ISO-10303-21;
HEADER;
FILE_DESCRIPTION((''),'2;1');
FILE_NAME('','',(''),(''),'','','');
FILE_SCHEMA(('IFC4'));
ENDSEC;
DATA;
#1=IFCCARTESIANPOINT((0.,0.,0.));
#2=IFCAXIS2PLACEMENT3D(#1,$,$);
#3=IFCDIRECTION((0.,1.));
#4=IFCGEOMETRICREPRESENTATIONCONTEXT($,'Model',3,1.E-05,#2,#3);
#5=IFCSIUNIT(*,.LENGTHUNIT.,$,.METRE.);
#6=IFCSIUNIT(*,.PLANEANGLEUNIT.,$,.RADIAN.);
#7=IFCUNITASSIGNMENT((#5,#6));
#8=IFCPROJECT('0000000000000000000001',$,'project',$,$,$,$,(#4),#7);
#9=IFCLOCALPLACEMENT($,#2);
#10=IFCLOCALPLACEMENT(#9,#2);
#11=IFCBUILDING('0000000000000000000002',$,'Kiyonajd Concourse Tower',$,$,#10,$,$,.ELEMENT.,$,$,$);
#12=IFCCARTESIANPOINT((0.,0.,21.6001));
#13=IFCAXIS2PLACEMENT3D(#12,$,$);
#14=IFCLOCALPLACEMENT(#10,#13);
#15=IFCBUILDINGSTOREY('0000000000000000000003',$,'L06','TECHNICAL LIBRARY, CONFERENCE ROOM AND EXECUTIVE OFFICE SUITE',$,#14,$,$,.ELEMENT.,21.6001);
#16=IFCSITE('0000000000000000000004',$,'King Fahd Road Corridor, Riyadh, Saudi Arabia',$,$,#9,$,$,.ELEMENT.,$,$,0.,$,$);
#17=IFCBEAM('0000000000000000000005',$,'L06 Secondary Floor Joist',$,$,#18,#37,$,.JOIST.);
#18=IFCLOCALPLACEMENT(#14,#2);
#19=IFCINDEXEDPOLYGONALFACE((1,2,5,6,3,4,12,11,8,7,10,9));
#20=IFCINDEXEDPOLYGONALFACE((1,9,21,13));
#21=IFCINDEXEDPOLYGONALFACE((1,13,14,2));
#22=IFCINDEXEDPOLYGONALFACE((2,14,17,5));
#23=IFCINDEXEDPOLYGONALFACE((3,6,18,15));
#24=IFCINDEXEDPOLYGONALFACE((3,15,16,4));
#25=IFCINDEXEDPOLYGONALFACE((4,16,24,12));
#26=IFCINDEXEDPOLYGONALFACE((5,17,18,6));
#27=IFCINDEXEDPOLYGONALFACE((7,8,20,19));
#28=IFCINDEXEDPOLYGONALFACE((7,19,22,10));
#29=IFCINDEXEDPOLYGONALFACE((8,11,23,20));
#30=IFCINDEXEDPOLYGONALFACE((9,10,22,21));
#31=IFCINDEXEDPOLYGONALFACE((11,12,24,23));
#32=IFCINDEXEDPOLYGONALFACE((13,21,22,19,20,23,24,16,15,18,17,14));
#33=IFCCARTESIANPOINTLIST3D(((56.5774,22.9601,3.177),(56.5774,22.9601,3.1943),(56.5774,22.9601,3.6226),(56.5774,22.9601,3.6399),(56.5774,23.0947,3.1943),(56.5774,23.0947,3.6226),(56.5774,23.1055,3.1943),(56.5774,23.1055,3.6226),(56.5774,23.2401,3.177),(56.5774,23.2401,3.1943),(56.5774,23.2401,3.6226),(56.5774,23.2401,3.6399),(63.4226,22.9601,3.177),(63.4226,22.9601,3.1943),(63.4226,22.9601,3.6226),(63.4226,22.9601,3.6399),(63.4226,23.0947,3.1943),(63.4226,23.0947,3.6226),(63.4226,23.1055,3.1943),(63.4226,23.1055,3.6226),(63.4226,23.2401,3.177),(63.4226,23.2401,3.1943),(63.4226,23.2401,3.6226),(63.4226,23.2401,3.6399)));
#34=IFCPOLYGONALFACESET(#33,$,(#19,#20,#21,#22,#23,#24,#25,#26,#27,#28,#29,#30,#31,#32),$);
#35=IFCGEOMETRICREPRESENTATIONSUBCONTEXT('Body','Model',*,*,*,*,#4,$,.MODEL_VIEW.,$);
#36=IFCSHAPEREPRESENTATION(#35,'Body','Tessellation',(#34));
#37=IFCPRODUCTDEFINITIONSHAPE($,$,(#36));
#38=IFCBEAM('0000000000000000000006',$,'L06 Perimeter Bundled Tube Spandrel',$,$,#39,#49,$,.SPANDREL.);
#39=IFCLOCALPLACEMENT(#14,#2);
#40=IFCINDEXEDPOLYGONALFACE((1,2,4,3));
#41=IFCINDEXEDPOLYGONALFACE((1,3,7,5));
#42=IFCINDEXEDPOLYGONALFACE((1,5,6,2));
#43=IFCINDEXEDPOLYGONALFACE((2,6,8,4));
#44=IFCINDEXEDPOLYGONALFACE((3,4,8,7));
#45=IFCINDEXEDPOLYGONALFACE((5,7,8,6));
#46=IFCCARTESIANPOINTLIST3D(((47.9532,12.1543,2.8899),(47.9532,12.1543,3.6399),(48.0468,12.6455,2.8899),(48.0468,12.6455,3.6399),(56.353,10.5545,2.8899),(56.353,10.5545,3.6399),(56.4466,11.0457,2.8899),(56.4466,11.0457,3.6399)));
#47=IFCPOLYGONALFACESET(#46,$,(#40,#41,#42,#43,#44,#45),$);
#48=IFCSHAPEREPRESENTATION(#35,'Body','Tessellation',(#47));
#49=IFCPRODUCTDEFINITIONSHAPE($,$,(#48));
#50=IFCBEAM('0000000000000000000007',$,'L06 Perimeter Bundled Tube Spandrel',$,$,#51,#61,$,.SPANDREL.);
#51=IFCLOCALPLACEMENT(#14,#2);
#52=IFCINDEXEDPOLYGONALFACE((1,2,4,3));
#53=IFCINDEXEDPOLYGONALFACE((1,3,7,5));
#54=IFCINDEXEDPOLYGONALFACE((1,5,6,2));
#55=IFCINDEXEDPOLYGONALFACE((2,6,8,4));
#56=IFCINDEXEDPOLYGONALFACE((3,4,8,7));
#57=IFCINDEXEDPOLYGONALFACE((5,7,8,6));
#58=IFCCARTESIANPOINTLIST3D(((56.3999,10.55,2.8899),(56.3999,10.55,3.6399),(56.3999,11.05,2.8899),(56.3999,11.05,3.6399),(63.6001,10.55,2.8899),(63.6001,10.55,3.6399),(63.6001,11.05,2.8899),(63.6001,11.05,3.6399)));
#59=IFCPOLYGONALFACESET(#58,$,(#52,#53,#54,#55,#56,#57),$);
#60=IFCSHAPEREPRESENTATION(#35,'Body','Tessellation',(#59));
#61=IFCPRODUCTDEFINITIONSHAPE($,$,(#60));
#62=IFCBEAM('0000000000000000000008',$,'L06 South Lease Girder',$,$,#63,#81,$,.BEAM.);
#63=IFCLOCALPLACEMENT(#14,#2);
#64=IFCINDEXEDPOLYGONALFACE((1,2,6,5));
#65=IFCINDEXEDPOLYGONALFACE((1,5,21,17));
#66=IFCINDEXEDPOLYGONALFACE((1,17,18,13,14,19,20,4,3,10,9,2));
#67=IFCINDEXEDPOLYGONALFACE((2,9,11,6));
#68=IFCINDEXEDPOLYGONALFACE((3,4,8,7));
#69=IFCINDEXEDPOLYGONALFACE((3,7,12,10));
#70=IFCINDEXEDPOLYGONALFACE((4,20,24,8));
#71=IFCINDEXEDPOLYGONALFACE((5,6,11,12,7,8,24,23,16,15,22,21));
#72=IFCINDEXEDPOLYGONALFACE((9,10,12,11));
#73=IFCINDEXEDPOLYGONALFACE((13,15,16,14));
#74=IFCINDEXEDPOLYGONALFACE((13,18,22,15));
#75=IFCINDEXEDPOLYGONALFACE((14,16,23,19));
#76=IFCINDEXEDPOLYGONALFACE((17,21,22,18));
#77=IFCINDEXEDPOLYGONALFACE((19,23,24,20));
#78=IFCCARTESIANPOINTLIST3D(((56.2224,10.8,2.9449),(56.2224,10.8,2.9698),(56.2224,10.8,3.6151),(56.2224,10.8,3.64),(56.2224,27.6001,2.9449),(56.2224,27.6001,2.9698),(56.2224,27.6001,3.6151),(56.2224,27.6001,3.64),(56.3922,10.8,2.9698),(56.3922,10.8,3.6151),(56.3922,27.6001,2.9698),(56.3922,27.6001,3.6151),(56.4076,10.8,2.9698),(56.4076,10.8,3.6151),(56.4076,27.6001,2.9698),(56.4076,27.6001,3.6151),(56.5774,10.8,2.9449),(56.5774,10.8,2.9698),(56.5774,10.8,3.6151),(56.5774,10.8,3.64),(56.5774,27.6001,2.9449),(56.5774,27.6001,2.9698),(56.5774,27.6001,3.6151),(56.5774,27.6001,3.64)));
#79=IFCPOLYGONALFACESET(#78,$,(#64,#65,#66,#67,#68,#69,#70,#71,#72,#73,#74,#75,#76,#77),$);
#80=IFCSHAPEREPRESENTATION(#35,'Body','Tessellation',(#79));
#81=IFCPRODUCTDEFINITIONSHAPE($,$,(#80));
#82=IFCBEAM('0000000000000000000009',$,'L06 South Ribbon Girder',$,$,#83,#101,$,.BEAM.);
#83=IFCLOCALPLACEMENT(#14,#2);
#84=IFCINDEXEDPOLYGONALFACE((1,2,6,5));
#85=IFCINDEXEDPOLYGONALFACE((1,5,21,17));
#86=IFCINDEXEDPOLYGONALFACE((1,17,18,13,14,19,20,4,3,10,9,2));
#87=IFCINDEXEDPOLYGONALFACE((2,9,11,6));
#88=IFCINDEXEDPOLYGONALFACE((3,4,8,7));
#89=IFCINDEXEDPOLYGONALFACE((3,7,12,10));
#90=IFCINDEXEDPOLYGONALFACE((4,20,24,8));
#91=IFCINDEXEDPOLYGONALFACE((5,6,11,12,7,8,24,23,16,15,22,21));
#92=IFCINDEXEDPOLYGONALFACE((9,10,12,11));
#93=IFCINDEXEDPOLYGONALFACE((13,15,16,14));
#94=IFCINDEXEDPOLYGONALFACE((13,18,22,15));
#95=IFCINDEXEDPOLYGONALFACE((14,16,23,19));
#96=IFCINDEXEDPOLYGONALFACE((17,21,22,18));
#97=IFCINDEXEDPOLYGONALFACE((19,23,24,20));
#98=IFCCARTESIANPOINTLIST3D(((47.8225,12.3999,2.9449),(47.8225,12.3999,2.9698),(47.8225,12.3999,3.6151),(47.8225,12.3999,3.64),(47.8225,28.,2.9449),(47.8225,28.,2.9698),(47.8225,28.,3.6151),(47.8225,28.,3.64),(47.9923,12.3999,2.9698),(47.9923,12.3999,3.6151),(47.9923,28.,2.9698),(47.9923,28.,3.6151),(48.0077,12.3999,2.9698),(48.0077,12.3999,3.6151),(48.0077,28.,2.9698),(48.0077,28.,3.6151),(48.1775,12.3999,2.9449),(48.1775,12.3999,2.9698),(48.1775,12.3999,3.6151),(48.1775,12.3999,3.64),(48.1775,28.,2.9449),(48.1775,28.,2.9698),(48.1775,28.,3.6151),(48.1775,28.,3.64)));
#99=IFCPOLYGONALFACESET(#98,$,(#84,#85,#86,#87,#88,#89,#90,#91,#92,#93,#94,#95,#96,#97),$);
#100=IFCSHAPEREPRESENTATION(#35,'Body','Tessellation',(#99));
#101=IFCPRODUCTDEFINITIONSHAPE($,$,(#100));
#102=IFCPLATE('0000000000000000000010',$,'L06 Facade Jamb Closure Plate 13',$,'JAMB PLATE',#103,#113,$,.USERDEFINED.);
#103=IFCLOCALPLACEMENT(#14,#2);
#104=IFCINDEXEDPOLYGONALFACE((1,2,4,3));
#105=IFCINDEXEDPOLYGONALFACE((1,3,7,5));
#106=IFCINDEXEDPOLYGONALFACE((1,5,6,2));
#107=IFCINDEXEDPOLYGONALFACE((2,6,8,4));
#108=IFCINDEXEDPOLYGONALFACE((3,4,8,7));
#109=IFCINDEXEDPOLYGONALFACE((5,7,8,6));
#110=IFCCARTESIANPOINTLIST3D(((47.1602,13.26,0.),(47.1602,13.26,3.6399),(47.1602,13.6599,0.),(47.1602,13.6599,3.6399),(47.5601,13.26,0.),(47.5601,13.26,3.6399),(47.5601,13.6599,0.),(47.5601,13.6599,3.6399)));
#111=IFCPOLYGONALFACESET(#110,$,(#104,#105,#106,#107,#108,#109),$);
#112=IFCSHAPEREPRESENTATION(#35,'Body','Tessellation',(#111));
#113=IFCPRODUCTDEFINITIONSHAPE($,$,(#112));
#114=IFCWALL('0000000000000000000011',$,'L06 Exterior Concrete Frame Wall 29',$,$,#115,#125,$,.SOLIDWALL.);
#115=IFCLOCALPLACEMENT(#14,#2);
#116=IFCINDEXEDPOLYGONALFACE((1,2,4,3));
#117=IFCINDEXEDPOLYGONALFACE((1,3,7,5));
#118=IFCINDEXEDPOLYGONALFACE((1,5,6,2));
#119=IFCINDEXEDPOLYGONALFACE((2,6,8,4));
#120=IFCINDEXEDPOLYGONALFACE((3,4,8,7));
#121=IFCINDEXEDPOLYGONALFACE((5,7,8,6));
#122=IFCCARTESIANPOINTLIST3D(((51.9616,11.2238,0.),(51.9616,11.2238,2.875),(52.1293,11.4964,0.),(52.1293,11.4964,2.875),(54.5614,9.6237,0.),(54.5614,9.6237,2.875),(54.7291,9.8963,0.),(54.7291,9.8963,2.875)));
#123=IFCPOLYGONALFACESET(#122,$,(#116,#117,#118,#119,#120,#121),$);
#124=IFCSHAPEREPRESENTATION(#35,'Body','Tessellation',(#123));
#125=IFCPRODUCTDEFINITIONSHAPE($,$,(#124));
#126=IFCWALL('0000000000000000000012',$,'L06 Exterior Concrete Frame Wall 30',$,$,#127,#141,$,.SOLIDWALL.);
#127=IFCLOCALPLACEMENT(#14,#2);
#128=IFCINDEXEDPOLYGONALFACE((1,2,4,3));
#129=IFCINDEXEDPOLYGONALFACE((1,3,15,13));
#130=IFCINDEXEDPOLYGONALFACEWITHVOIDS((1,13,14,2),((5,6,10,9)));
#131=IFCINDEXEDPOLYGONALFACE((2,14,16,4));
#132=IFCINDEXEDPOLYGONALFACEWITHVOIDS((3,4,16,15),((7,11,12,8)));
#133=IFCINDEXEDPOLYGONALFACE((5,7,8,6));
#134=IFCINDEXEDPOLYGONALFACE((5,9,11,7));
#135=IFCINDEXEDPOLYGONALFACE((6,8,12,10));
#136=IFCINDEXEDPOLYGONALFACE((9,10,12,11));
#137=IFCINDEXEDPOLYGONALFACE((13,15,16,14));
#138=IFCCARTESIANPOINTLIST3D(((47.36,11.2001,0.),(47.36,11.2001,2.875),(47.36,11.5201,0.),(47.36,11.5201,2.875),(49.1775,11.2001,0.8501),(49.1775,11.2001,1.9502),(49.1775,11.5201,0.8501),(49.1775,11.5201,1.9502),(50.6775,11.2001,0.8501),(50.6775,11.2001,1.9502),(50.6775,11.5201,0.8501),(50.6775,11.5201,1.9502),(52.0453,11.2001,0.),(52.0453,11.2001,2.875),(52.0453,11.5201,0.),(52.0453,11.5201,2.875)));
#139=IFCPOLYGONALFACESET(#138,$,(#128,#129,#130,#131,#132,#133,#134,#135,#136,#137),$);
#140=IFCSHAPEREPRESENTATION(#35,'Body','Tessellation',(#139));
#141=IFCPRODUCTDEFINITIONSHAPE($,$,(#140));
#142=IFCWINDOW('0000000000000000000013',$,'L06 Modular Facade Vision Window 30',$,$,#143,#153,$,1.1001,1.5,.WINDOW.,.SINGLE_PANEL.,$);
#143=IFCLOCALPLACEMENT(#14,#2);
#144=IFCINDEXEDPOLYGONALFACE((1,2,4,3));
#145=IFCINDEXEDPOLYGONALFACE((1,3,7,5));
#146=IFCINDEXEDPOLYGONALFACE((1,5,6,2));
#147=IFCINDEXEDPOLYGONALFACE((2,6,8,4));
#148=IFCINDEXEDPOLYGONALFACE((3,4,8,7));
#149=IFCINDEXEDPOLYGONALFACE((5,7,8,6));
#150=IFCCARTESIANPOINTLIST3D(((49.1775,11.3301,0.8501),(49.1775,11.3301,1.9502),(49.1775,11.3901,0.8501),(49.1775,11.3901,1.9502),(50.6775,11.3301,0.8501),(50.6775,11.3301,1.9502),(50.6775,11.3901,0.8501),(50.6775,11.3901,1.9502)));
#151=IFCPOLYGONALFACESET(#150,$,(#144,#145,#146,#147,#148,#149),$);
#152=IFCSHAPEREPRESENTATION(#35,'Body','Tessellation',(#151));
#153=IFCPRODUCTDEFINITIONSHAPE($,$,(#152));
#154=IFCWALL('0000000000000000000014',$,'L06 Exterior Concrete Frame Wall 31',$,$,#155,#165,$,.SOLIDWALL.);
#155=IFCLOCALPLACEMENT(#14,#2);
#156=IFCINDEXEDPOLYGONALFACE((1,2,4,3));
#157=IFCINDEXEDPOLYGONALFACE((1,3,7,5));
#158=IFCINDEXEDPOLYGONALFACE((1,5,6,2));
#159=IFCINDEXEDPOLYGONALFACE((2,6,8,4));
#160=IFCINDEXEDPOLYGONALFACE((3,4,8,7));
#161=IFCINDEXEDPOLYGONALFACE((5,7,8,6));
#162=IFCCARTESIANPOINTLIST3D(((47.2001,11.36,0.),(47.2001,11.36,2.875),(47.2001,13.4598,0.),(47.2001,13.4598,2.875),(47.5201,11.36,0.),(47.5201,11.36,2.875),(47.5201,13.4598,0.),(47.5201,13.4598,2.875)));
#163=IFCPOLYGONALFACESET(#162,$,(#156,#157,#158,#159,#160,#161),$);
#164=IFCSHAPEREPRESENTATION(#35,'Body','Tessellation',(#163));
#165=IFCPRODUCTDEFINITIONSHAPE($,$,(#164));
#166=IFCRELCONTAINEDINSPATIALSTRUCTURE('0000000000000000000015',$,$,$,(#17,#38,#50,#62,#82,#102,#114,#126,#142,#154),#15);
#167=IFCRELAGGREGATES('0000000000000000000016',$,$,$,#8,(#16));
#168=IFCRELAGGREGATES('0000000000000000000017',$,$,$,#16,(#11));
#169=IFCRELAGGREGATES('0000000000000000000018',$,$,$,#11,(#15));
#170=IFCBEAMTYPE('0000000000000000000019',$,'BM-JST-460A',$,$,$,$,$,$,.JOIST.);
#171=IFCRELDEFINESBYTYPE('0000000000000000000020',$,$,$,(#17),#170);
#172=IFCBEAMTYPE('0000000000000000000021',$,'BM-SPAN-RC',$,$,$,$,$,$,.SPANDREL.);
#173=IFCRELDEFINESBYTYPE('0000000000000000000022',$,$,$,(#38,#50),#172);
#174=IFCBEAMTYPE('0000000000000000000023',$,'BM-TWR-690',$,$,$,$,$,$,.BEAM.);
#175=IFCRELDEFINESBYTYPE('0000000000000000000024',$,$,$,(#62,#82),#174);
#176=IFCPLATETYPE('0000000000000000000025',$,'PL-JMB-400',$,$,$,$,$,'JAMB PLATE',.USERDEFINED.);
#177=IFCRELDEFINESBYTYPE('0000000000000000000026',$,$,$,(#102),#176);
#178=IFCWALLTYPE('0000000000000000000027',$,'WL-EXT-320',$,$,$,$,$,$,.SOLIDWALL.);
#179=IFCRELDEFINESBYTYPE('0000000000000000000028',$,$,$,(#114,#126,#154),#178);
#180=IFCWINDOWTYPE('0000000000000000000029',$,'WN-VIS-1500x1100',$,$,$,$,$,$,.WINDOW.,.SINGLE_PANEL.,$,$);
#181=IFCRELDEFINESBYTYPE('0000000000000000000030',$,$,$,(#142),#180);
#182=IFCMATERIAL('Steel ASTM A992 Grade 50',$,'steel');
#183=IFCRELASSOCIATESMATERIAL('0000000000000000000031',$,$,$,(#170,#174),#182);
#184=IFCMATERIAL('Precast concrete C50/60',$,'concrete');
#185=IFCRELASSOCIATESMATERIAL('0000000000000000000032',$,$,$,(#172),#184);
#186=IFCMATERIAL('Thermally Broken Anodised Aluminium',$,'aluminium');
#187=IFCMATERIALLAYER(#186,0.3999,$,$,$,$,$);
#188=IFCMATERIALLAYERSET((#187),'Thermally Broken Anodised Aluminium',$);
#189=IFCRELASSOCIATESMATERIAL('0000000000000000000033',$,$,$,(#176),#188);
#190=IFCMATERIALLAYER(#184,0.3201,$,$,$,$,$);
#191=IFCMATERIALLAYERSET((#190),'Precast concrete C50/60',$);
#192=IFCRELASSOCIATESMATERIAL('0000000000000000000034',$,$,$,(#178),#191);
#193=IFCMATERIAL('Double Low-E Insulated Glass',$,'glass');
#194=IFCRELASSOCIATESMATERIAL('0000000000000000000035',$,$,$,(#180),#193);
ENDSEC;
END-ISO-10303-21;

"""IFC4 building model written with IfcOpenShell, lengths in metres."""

from ifc_helpers import new_model, si_unit, direction, frame, frame_2d, origin, origin_2d, place, context, subcontext, project, spatial, rectangle, i_section, extrude, material, layer, layer_set, material_profile, profile_set, type_object, element, fill, save


model = new_model("IFC4")

# Units and contexts
model_context = context("Model", 3, precision=1e-05, world=origin(), true_north=direction((0.0, 1.0)))
body_context = subcontext(model_context, "Body", "Model", "MODEL_VIEW")
ifc_project = project(units=[si_unit("LENGTHUNIT", "METRE"), si_unit("PLANEANGLEUNIT", "RADIAN")], contexts=[model_context])

# Site, building, storey
site_placement = place(None, origin())
site = spatial("IfcSite", under=ifc_project, at=site_placement, Name="King Fahd Road Corridor, Riyadh, Saudi Arabia", CompositionType="ELEMENT", RefElevation=0.0)
building_placement = place(site_placement, origin())
building = spatial("IfcBuilding", under=site, at=building_placement, Name="Kiyonajd Concourse Tower", CompositionType="ELEMENT")
storey_placement = place(building_placement, frame((0.0, 0.0, 21.6001)))
storey = spatial("IfcBuildingStorey", under=building, at=storey_placement, Name="L06", Description="TECHNICAL LIBRARY, CONFERENCE ROOM AND EXECUTIVE OFFICE SUITE", CompositionType="ELEMENT", Elevation=21.6001)

# Beams
ifc_material_1 = material(Name="Steel ASTM A992 Grade 50", Category="steel")
ifc_material_profile_1 = material_profile(ifc_material_1, i_section(OverallWidth=0.28, OverallDepth=0.4629, WebThickness=0.0107, FlangeThickness=0.0173, at=origin_2d()), Name="W460X113")
ifc_profile_set_1 = profile_set([ifc_material_profile_1], Name="Steel ASTM A992 Grade 50")
beam_type_1 = type_object("IfcBeamType", Name="BM-JST-460A", PredefinedType="JOIST", material=ifc_profile_set_1)
beam_1_placement = place(storey_placement, frame((56.5774, 23.1001, 3.4084), z_axis=(1.0, 0.0, 0.0), x_axis=(0.0, 1.0, 0.0)))
element("IfcBeam", 1, at=beam_1_placement, inside=storey, type_object=beam_type_1, Name="L06 Secondary Floor Joist", PredefinedType="JOIST", context=body_context, shape_type="SweptSolid", body=[
    extrude(i_section(OverallWidth=0.28, OverallDepth=0.4629, WebThickness=0.0107, FlangeThickness=0.0173, at=origin_2d()), origin(), (0.0, 0.0, 1.0), 6.8452),
])
ifc_material_2 = material(Name="Precast concrete C50/60", Category="concrete")
ifc_material_profile_2 = material_profile(ifc_material_2, rectangle(XDim=0.5, YDim=0.75, at=origin_2d()), Name="RCBM-500x750")
ifc_profile_set_2 = profile_set([ifc_material_profile_2], Name="Precast concrete C50/60")
beam_type_2 = type_object("IfcBeamType", Name="BM-SPAN-RC", PredefinedType="SPANDREL", material=ifc_profile_set_2)
beam_2_placement = place(storey_placement, frame((48.0, 12.3999, 3.2649), z_axis=(0.982341, -0.187098, 0.0), x_axis=(0.187098, 0.982341, 0.0)))
element("IfcBeam", 2, at=beam_2_placement, inside=storey, type_object=beam_type_2, Name="L06 Perimeter Bundled Tube Spandrel", PredefinedType="SPANDREL", context=body_context, shape_type="SweptSolid", body=[
    extrude(rectangle(XDim=0.5, YDim=0.75, at=origin_2d()), origin(), (0.0, 0.0, 1.0), 8.5508),
])
beam_3_placement = place(storey_placement, frame((56.3999, 10.8, 3.2649), z_axis=(1.0, 0.0, 0.0), x_axis=(0.0, 1.0, 0.0)))
element("IfcBeam", 3, at=beam_3_placement, inside=storey, type_object=beam_type_2, Name="L06 Perimeter Bundled Tube Spandrel", PredefinedType="SPANDREL", context=body_context, shape_type="SweptSolid", body=[
    extrude(rectangle(XDim=0.5, YDim=0.75, at=origin_2d()), origin(), (0.0, 0.0, 1.0), 7.2002),
])
ifc_material_profile_3 = material_profile(ifc_material_1, i_section(OverallWidth=0.355, OverallDepth=0.6951, WebThickness=0.0154, FlangeThickness=0.0249, at=origin_2d()), Name="W690X217")
ifc_profile_set_3 = profile_set([ifc_material_profile_3], Name="Steel ASTM A992 Grade 50")
beam_type_3 = type_object("IfcBeamType", Name="BM-TWR-690", PredefinedType="BEAM", material=ifc_profile_set_3)
beam_4_placement = place(storey_placement, frame((56.3999, 10.8, 3.2925), z_axis=(0.0, 1.0, 0.0), x_axis=(-1.0, 0.0, 0.0)))
element("IfcBeam", 4, at=beam_4_placement, inside=storey, type_object=beam_type_3, Name="L06 South Lease Girder", PredefinedType="BEAM", context=body_context, shape_type="SweptSolid", body=[
    extrude(i_section(OverallWidth=0.355, OverallDepth=0.6951, WebThickness=0.0154, FlangeThickness=0.0249, at=origin_2d()), origin(), (0.0, 0.0, 1.0), 16.8),
])
beam_5_placement = place(storey_placement, frame((48.0, 12.3999, 3.2925), z_axis=(0.0, 1.0, 0.0), x_axis=(-1.0, 0.0, 0.0)))
element("IfcBeam", 5, at=beam_5_placement, inside=storey, type_object=beam_type_3, Name="L06 South Ribbon Girder", PredefinedType="BEAM", context=body_context, shape_type="SweptSolid", body=[
    extrude(i_section(OverallWidth=0.355, OverallDepth=0.6951, WebThickness=0.0154, FlangeThickness=0.0249, at=origin_2d()), origin(), (0.0, 0.0, 1.0), 15.6001),
])

# Plate
ifc_material_3 = material(Name="Thermally Broken Anodised Aluminium", Category="aluminium")
ifc_layer_1 = layer(ifc_material_3, 0.3999)
ifc_layer_set_1 = layer_set([ifc_layer_1], Name="Thermally Broken Anodised Aluminium")
plate_type = type_object("IfcPlateType", Name="PL-JMB-400", ElementType="JAMB PLATE", PredefinedType="USERDEFINED", material=ifc_layer_set_1)
plate_placement = place(storey_placement, frame((47.3601, 13.46, 0.0), z_axis=(0.0, 0.0, 1.0), x_axis=(1.0, 0.0, 0.0)))
element("IfcPlate", 6, at=plate_placement, inside=storey, type_object=plate_type, Name="L06 Facade Jamb Closure Plate 13", ObjectType="JAMB PLATE", PredefinedType="USERDEFINED", context=body_context, shape_type="SweptSolid", body=[
    extrude(rectangle(XDim=0.3999, YDim=0.3999, at=origin_2d()), origin(), (0.0, 0.0, 1.0), 3.6399),
])

# Wall
ifc_layer_2 = layer(ifc_material_2, 0.3201)
ifc_layer_set_2 = layer_set([ifc_layer_2], Name="Precast concrete C50/60")
wall_type_1 = type_object("IfcWallType", Name="WL-EXT-320", PredefinedType="SOLIDWALL", material=ifc_layer_set_2)
wall_1_placement = place(storey_placement, frame((54.6453, 9.76, 0.0), z_axis=(0.0, 0.0, 1.0), x_axis=(-0.851631, 0.524142, 0.0)))
element("IfcWall", 7, at=wall_1_placement, inside=storey, type_object=wall_type_1, Name="L06 Exterior Concrete Frame Wall 29", PredefinedType="SOLIDWALL", context=body_context, shape_type="SweptSolid", body=[
    extrude(rectangle(XDim=3.0527, YDim=0.3201, at=frame_2d((1.5264, 0.0))), origin(), (0.0, 0.0, 1.0), 2.875),
])

# Wall, opening, window
wall_2_placement = place(storey_placement, frame((52.0454, 11.3601, 0.0), z_axis=(0.0, 0.0, 1.0), x_axis=(-1.0, 0.0, 0.0)))
wall_2 = element("IfcWall", 8, at=wall_2_placement, inside=storey, type_object=wall_type_1, Name="L06 Exterior Concrete Frame Wall 30", PredefinedType="SOLIDWALL", context=body_context, shape_type="SweptSolid", body=[
    extrude(rectangle(XDim=4.6853, YDim=0.3201, at=frame_2d((2.3428, 0.0))), origin(), (0.0, 0.0, 1.0), 2.875),
])
opening_1_placement = place(wall_2_placement, frame((1.3679, 0.0, 0.8501)))
opening_1 = element("IfcOpeningElement", 9, at=opening_1_placement, cuts=wall_2, PredefinedType="OPENING", context=body_context, shape_type="SweptSolid", body=[
    extrude(rectangle(XDim=1.5, YDim=1.1001, at=frame_2d((0.75, 0.55))), frame((0.0, 0.1699, 0.0), z_axis=(0.0, -1.0, 0.0), x_axis=(1.0, 0.0, 0.0)), (0.0, 0.0, 1.0), 0.3401),
])
ifc_material_4 = material(Name="Double Low-E Insulated Glass", Category="glass")
window_type = type_object("IfcWindowType", Name="WN-VIS-1500x1100", PartitioningType="SINGLE_PANEL", PredefinedType="WINDOW", material=ifc_material_4)
window_placement = place(opening_1_placement, origin())
window = element("IfcWindow", 10, at=window_placement, inside=storey, type_object=window_type, Name="L06 Modular Facade Vision Window 30", OverallHeight=1.1001, OverallWidth=1.5, PartitioningType="SINGLE_PANEL", PredefinedType="WINDOW", context=body_context, shape_type="SweptSolid", body=[
    extrude(rectangle(XDim=1.5, YDim=1.1001, at=frame_2d((0.75, 0.55))), frame((0.0, 0.03, 0.0), z_axis=(0.0, -1.0, 0.0), x_axis=(1.0, 0.0, 0.0)), (0.0, 0.0, 1.0), 0.0601),
])
fill(opening_1, window)

# Wall
wall_3_placement = place(storey_placement, frame((47.3601, 11.3601, 0.0), z_axis=(0.0, 0.0, 1.0), x_axis=(0.0, 1.0, 0.0)))
element("IfcWall", 11, at=wall_3_placement, inside=storey, type_object=wall_type_1, Name="L06 Exterior Concrete Frame Wall 31", PredefinedType="SOLIDWALL", context=body_context, shape_type="SweptSolid", body=[
    extrude(rectangle(XDim=2.0999, YDim=0.3201, at=frame_2d((1.0498, 0.0))), origin(), (0.0, 0.0, 1.0), 2.875),
])

save(model, "model.ifc")
